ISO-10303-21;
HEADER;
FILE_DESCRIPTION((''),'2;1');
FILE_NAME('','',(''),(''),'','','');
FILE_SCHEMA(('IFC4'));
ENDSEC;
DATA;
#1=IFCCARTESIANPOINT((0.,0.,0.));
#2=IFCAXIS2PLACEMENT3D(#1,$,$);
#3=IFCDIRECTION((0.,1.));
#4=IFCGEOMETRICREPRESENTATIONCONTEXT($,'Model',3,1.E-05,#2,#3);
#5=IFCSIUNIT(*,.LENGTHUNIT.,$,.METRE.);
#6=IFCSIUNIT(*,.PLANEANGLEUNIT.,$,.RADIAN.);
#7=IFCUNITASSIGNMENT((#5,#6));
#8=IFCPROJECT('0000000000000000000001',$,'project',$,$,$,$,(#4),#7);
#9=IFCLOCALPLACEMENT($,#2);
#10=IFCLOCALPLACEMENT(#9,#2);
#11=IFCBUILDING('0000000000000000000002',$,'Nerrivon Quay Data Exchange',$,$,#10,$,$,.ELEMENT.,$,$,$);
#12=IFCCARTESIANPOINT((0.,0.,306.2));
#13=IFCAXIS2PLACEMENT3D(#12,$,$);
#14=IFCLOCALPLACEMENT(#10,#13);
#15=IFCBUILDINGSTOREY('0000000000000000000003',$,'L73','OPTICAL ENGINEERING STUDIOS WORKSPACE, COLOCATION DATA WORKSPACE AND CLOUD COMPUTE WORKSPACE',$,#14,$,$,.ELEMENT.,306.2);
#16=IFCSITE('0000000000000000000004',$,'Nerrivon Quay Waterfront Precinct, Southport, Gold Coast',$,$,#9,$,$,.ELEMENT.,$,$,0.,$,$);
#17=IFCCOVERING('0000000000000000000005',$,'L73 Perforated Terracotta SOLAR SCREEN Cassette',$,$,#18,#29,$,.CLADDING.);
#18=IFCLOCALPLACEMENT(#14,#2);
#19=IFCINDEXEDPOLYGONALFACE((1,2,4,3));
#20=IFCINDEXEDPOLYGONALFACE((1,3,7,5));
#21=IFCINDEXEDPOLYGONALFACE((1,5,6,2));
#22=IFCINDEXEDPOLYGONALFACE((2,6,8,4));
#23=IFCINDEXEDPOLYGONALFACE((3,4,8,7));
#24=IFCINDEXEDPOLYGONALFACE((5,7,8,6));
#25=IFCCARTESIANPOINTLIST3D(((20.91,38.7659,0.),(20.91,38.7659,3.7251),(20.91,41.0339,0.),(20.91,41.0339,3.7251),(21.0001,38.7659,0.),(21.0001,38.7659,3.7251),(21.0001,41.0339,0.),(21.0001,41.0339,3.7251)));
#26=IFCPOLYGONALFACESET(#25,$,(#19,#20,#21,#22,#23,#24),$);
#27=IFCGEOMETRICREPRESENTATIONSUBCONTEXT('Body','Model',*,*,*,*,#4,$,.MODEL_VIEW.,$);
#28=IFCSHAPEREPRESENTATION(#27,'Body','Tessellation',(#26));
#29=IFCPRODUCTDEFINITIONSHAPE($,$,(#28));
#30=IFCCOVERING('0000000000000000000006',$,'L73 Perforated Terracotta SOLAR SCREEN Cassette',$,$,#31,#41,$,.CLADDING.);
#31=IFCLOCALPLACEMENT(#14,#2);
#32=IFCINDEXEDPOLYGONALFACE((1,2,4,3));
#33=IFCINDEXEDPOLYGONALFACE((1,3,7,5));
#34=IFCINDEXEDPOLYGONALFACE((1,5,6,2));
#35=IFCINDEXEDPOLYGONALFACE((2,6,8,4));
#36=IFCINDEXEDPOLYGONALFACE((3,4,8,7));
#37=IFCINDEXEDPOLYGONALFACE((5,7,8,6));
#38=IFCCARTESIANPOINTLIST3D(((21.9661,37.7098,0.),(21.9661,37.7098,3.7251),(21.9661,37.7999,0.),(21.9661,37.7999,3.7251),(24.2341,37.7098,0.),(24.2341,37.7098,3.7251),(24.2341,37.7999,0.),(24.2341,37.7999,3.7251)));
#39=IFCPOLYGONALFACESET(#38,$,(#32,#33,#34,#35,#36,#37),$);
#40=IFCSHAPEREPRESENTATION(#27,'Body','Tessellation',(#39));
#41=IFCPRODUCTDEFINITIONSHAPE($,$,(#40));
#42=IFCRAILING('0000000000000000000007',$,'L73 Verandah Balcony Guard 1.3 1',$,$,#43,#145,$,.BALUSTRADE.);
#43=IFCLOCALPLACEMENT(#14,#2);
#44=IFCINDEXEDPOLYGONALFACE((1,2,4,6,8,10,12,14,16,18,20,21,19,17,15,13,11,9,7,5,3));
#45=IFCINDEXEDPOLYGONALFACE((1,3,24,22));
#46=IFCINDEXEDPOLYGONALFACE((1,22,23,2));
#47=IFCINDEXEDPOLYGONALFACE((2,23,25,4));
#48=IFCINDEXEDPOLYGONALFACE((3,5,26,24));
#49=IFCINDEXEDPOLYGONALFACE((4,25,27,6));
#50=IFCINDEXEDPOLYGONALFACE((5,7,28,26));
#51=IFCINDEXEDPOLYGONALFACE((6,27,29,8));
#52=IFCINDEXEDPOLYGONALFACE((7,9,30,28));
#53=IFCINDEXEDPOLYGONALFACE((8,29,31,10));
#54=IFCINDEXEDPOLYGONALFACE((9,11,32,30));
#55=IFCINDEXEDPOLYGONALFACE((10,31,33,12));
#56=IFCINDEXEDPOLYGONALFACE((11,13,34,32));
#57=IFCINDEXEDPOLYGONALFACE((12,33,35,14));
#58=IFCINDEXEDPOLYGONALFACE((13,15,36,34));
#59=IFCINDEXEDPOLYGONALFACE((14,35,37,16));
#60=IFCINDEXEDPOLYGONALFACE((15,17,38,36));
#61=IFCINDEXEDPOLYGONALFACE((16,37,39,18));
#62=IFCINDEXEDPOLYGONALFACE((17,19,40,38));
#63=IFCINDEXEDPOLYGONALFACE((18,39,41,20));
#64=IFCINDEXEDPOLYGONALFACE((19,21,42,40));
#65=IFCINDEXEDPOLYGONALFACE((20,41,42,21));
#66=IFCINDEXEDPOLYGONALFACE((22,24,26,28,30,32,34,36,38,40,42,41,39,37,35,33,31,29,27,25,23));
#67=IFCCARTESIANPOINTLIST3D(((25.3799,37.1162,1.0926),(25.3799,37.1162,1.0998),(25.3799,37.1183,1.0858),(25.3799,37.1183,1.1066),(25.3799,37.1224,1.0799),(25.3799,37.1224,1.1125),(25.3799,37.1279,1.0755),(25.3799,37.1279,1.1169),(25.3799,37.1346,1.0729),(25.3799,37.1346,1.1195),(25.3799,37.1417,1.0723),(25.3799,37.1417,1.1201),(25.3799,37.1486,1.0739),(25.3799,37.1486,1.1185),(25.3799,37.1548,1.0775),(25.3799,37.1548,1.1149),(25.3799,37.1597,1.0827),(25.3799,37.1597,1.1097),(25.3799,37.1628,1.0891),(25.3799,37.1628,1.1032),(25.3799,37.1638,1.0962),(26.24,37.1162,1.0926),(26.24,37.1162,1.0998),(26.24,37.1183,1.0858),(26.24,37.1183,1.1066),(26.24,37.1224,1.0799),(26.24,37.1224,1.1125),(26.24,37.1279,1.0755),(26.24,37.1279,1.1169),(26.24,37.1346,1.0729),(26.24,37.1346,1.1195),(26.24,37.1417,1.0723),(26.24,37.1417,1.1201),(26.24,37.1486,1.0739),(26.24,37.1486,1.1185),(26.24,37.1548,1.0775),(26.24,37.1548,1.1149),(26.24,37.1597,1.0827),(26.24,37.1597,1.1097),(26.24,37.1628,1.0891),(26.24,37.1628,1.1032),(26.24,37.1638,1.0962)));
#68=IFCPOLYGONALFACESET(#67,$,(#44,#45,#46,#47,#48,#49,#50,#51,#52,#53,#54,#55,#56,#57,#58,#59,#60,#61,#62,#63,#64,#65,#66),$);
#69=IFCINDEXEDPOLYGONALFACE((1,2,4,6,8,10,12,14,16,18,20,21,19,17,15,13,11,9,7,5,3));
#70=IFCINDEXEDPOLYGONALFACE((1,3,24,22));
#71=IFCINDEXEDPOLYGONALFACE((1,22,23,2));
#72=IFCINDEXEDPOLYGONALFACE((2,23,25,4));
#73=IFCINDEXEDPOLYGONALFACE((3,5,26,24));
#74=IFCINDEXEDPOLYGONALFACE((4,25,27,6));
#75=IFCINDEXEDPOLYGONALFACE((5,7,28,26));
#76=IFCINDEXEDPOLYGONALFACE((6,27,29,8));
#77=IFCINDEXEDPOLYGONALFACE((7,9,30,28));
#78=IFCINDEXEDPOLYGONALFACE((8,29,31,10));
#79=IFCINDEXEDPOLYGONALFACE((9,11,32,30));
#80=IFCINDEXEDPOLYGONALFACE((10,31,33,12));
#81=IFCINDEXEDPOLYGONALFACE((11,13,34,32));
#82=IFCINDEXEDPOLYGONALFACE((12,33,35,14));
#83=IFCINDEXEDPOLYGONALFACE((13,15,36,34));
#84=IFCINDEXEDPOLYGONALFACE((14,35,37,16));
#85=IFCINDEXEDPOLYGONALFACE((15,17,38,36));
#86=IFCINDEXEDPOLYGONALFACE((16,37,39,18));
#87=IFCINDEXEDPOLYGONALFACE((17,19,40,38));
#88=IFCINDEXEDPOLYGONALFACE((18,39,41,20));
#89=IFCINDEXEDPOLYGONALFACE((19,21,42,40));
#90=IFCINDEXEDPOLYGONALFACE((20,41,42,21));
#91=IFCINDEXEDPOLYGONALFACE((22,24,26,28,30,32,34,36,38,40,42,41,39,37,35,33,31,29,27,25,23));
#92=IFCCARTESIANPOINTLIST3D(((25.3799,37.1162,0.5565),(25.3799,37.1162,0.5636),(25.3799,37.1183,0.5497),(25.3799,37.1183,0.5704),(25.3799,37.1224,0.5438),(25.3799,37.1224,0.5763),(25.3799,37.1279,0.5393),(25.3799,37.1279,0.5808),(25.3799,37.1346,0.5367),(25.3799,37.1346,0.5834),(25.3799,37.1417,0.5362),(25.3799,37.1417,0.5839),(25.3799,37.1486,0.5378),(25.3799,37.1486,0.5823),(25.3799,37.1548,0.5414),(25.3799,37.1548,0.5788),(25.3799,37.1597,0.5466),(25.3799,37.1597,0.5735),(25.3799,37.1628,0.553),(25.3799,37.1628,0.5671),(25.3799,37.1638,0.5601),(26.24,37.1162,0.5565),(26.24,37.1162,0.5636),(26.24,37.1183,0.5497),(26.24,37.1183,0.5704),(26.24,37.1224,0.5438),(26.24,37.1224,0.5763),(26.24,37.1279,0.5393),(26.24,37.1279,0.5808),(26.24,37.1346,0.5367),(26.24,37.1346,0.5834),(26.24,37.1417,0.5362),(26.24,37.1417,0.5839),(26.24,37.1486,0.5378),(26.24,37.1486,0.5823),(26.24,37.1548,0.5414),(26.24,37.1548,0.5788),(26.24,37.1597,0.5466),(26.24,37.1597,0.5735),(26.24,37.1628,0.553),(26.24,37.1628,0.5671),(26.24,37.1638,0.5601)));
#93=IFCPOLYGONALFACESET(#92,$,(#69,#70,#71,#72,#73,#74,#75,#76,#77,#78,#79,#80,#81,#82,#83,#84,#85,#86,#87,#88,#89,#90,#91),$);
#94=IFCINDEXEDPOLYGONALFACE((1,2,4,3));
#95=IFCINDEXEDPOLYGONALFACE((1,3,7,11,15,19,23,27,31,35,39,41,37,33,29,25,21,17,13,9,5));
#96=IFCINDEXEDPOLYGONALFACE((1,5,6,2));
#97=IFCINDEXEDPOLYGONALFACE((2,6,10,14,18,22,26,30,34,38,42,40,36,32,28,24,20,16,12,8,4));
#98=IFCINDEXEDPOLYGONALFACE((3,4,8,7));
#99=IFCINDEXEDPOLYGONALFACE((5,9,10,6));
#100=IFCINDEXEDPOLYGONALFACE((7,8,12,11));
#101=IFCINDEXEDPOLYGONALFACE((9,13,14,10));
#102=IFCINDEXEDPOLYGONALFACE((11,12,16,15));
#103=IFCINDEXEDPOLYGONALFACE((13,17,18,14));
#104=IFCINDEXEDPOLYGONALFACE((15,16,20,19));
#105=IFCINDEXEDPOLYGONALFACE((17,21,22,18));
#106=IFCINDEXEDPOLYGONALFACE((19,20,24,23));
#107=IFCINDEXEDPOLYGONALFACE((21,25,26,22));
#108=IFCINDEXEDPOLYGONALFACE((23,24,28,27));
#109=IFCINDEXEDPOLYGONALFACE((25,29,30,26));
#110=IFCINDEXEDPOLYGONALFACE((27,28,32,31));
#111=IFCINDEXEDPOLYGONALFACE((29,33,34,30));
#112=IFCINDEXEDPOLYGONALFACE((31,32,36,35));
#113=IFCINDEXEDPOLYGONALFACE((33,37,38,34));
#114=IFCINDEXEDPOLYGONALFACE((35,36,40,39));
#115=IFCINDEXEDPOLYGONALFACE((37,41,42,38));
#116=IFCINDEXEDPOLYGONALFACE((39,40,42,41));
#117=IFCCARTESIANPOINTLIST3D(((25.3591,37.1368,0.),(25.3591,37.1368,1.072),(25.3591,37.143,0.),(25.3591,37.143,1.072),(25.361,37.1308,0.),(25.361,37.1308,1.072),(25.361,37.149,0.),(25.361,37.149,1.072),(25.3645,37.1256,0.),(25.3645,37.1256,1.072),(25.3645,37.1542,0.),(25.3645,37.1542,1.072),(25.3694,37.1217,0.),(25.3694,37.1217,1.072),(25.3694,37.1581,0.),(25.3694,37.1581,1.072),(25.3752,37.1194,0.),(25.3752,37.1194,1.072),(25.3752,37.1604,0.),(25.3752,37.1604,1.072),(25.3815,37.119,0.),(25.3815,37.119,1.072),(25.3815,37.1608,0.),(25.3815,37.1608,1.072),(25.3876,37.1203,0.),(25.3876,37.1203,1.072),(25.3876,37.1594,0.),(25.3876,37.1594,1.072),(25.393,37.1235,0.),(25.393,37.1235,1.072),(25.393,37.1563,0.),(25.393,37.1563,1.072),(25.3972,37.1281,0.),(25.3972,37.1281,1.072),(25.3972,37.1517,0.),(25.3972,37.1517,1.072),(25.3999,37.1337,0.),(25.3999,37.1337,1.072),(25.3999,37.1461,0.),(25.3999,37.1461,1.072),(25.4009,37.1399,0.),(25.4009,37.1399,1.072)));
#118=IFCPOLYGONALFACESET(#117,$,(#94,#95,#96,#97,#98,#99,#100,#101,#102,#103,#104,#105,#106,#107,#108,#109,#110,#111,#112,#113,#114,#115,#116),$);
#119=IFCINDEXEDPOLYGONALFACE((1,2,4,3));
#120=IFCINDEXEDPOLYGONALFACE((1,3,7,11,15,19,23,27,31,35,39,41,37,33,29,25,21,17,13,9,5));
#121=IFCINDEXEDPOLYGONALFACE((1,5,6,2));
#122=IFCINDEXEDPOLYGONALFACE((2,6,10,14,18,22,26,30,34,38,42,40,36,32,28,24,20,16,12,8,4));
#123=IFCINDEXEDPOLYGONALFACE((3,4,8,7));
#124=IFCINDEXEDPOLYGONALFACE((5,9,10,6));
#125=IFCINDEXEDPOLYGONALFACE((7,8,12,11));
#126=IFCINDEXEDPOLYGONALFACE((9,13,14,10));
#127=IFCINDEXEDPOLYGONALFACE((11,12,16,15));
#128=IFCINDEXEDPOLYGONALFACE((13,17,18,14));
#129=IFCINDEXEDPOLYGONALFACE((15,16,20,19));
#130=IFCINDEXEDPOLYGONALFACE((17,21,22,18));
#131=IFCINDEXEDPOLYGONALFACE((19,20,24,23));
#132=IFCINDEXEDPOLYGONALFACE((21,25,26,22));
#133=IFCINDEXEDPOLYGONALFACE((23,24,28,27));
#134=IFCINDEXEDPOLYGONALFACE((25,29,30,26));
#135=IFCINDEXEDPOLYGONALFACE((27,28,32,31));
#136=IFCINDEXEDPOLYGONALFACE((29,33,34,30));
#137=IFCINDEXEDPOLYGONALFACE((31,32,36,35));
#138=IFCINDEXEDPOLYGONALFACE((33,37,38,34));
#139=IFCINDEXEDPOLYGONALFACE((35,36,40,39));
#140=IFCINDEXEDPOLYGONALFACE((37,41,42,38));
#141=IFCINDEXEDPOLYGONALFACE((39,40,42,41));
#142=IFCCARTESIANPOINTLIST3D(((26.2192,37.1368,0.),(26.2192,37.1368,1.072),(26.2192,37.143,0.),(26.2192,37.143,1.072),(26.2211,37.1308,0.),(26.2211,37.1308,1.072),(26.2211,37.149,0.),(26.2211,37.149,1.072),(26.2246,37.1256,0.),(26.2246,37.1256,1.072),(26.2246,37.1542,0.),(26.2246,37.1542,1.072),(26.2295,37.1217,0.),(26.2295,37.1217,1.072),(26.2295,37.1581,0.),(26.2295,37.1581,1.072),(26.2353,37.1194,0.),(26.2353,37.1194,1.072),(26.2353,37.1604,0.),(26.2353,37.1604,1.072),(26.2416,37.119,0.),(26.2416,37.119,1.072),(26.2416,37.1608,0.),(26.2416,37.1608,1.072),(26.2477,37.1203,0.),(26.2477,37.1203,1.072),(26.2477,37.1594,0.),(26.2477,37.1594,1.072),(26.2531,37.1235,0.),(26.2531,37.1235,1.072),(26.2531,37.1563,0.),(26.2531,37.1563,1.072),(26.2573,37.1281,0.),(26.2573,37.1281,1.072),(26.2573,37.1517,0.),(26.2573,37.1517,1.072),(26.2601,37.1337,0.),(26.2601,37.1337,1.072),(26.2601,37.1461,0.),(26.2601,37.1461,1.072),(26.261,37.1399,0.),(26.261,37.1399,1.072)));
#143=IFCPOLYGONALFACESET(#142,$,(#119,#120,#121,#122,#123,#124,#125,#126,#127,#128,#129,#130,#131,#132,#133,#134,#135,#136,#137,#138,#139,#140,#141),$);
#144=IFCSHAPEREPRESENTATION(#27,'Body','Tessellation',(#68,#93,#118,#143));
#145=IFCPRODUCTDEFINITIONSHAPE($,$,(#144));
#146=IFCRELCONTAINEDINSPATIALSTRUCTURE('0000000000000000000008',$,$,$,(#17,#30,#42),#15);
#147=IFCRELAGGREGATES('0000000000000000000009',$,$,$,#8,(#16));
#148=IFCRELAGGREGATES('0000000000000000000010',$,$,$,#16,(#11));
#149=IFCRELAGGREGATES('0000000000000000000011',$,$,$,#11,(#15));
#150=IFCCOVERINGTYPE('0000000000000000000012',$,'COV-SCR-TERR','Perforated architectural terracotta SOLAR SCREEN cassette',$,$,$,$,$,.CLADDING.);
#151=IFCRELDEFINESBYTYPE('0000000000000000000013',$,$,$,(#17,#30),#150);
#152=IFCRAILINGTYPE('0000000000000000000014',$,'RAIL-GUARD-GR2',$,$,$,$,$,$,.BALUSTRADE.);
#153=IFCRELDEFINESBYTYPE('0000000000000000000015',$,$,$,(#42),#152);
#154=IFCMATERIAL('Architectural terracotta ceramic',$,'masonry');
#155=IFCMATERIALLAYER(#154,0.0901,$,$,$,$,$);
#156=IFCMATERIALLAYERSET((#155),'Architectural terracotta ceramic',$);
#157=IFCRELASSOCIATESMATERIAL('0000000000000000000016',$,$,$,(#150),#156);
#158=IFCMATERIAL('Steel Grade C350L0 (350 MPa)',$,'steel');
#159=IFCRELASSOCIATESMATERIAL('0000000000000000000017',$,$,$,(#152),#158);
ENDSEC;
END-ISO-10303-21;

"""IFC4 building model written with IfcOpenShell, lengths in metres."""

from ifc_helpers import new_model, si_unit, direction, frame, origin, origin_2d, place, context, subcontext, project, spatial, rectangle, circle, extrude, material, layer, layer_set, type_object, element, save


model = new_model("IFC4")

# Units and contexts
model_context = context("Model", 3, precision=1e-05, world=origin(), true_north=direction((0.0, 1.0)))
body_context = subcontext(model_context, "Body", "Model", "MODEL_VIEW")
ifc_project = project(units=[si_unit("LENGTHUNIT", "METRE"), si_unit("PLANEANGLEUNIT", "RADIAN")], contexts=[model_context])

# Site, building, storey
site_placement = place(None, origin())
site = spatial("IfcSite", under=ifc_project, at=site_placement, Name="Nerrivon Quay Waterfront Precinct, Southport, Gold Coast", CompositionType="ELEMENT", RefElevation=0.0)
building_placement = place(site_placement, origin())
building = spatial("IfcBuilding", under=site, at=building_placement, Name="Nerrivon Quay Data Exchange", CompositionType="ELEMENT")
storey_placement = place(building_placement, frame((0.0, 0.0, 306.2)))
storey = spatial("IfcBuildingStorey", under=building, at=storey_placement, Name="L73", Description="OPTICAL ENGINEERING STUDIOS WORKSPACE, COLOCATION DATA WORKSPACE AND CLOUD COMPUTE WORKSPACE", CompositionType="ELEMENT", Elevation=306.2)

# Coverings
ifc_material_1 = material(Name="Architectural terracotta ceramic", Category="masonry")
ifc_layer_1 = layer(ifc_material_1, 0.0901)
ifc_layer_set_1 = layer_set([ifc_layer_1], Name="Architectural terracotta ceramic")
covering_type = type_object("IfcCoveringType", Name="COV-SCR-TERR", Description="Perforated architectural terracotta SOLAR SCREEN cassette", PredefinedType="CLADDING", material=ifc_layer_set_1)
for number, where, z_axis, x_axis, name in (
    (1, (20.9551, 39.8999, 0.0), (0.0, 0.0, 1.0), (0.0, -1.0, 0.0), "L73 Perforated Terracotta SOLAR SCREEN Cassette"),
    (2, (23.1001, 37.7549, 0.0), (0.0, 0.0, 1.0), (1.0, 0.0, 0.0), "L73 Perforated Terracotta SOLAR SCREEN Cassette"),
):
    element("IfcCovering", number, at=place(storey_placement, frame(where, z_axis=z_axis, x_axis=x_axis)), inside=storey, type_object=covering_type, Name=name, PredefinedType="CLADDING", context=body_context, shape_type="SweptSolid", body=[
        extrude(rectangle(XDim=2.2681, YDim=0.0901, at=origin_2d()), origin(), (0.0, 0.0, 1.0), 3.7251),
    ])

# Railing
ifc_material_2 = material(Name="Steel Grade C350L0 (350 MPa)", Category="steel")
railing_type = type_object("IfcRailingType", Name="RAIL-GUARD-GR2", PredefinedType="BALUSTRADE", material=ifc_material_2)
railing_1_placement = place(storey_placement, frame((25.3799, 37.1399, 0.0)))
element("IfcRailing", 3, at=railing_1_placement, inside=storey, type_object=railing_type, Name="L73 Verandah Balcony Guard 1.3 1", PredefinedType="BALUSTRADE", context=body_context, shape_type="SweptSolid", body=[
    extrude(circle(Radius=0.0239, at=origin_2d()), frame((0.0, 0.0, 1.0962), z_axis=(1.0, 0.0, 0.0), x_axis=(0.0, 1.0, 0.0)), (0.0, 0.0, 1.0), 0.8601),
    extrude(circle(Radius=0.0239, at=origin_2d()), frame((0.0, 0.0, 0.5601), z_axis=(1.0, 0.0, 0.0), x_axis=(0.0, 1.0, 0.0)), (0.0, 0.0, 1.0), 0.8601),
    extrude(circle(Radius=0.021, at=origin_2d()), origin(), (0.0, 0.0, 1.0), 1.072),
    extrude(circle(Radius=0.021, at=origin_2d()), frame((0.8601, 0.0, 0.0)), (0.0, 0.0, 1.0), 1.072),
])

save(model, "model.ifc")
